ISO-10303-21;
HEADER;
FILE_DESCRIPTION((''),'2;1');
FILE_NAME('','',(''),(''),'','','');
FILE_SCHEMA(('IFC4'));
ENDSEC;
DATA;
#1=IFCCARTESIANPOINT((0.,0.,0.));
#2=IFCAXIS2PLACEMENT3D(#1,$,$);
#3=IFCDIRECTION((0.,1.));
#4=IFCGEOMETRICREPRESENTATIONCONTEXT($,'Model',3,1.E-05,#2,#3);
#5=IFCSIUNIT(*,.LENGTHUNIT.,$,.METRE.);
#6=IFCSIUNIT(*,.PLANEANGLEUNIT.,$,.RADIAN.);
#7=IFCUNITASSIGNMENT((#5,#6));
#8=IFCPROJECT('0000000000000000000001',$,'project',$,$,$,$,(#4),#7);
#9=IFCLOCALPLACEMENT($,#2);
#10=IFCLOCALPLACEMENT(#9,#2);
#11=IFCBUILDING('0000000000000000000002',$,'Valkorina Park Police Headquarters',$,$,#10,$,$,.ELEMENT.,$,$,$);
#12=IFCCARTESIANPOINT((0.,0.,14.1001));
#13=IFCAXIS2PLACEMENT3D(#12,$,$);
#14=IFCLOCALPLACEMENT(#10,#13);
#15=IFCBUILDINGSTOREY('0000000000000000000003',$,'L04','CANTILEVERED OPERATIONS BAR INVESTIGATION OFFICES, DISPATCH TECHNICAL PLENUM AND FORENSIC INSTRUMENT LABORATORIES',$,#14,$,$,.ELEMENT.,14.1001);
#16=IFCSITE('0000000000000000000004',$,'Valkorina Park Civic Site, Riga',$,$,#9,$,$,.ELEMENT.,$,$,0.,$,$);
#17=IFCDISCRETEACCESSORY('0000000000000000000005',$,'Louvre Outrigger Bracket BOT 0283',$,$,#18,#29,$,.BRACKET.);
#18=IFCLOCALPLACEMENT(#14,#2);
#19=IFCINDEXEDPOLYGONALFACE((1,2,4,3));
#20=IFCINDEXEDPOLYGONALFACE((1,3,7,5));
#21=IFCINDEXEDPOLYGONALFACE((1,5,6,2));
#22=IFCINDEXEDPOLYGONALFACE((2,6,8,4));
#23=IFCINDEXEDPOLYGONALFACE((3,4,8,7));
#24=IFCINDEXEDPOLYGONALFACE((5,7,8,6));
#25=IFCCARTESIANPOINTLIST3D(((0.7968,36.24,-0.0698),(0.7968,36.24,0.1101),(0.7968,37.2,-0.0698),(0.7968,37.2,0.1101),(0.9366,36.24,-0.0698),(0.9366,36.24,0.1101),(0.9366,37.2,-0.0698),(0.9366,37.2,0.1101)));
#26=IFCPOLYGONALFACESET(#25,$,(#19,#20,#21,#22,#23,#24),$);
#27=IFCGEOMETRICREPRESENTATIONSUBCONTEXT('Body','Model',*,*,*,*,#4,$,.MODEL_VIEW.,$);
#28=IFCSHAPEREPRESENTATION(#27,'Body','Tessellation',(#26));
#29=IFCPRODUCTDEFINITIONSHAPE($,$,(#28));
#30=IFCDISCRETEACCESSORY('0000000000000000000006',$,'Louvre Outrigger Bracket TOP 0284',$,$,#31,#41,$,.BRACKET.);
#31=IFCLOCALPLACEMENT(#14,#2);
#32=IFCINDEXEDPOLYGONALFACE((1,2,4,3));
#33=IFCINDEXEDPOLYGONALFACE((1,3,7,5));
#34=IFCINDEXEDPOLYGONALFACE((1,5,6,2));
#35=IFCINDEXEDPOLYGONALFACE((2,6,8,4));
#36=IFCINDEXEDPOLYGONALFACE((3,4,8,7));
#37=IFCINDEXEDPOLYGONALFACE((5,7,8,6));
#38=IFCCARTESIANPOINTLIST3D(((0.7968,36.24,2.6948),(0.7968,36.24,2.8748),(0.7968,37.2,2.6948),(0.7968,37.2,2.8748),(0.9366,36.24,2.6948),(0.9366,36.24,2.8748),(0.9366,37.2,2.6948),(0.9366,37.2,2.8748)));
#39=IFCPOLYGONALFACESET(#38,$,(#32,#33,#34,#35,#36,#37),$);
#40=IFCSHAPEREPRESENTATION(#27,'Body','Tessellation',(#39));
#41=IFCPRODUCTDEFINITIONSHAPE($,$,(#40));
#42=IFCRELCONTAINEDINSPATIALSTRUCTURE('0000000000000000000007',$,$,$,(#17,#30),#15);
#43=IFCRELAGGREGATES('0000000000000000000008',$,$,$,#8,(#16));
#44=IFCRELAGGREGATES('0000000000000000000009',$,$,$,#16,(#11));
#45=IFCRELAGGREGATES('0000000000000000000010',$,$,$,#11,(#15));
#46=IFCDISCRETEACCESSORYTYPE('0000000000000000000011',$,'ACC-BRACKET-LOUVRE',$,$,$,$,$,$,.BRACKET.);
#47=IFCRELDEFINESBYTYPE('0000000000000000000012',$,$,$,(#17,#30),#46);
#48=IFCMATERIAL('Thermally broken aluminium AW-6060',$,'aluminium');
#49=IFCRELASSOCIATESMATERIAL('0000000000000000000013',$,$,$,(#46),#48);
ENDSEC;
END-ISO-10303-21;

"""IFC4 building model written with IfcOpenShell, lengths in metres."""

from ifc_helpers import new_model, si_unit, direction, frame, origin, origin_2d, place, context, subcontext, project, spatial, rectangle, extrude, material, type_object, element, save


model = new_model("IFC4")

# Units and contexts
model_context = context("Model", 3, precision=1e-05, world=origin(), true_north=direction((0.0, 1.0)))
body_context = subcontext(model_context, "Body", "Model", "MODEL_VIEW")
ifc_project = project(units=[si_unit("LENGTHUNIT", "METRE"), si_unit("PLANEANGLEUNIT", "RADIAN")], contexts=[model_context])

# Site, building, storey
site_placement = place(None, origin())
site = spatial("IfcSite", under=ifc_project, at=site_placement, Name="Valkorina Park Civic Site, Riga", CompositionType="ELEMENT", RefElevation=0.0)
building_placement = place(site_placement, origin())
building = spatial("IfcBuilding", under=site, at=building_placement, Name="Valkorina Park Police Headquarters", CompositionType="ELEMENT")
storey_placement = place(building_placement, frame((0.0, 0.0, 14.1001)))
storey = spatial("IfcBuildingStorey", under=building, at=storey_placement, Name="L04", Description="CANTILEVERED OPERATIONS BAR INVESTIGATION OFFICES, DISPATCH TECHNICAL PLENUM AND FORENSIC INSTRUMENT LABORATORIES", CompositionType="ELEMENT", Elevation=14.1001)

# Discrete accessories
ifc_material_1 = material(Name="Thermally broken aluminium AW-6060", Category="aluminium")
discrete_accessory_type = type_object("IfcDiscreteAccessoryType", Name="ACC-BRACKET-LOUVRE", PredefinedType="BRACKET", material=ifc_material_1)
for number, where, z_axis, x_axis, name in (
    (1, (0.8667, 36.72, -0.0698), (0.0, 0.0, 1.0), (0.0, -1.0, 0.0), "Louvre Outrigger Bracket BOT 0283"),
    (2, (0.8667, 36.72, 2.6948), (0.0, 0.0, 1.0), (0.0, -1.0, 0.0), "Louvre Outrigger Bracket TOP 0284"),
):
    element("IfcDiscreteAccessory", number, at=place(storey_placement, frame(where, z_axis=z_axis, x_axis=x_axis)), inside=storey, type_object=discrete_accessory_type, Name=name, PredefinedType="BRACKET", context=body_context, shape_type="SweptSolid", body=[
        extrude(rectangle(XDim=0.96, YDim=0.1399, at=origin_2d()), origin(), (0.0, 0.0, 1.0), 0.1799),
    ])

save(model, "model.ifc")
